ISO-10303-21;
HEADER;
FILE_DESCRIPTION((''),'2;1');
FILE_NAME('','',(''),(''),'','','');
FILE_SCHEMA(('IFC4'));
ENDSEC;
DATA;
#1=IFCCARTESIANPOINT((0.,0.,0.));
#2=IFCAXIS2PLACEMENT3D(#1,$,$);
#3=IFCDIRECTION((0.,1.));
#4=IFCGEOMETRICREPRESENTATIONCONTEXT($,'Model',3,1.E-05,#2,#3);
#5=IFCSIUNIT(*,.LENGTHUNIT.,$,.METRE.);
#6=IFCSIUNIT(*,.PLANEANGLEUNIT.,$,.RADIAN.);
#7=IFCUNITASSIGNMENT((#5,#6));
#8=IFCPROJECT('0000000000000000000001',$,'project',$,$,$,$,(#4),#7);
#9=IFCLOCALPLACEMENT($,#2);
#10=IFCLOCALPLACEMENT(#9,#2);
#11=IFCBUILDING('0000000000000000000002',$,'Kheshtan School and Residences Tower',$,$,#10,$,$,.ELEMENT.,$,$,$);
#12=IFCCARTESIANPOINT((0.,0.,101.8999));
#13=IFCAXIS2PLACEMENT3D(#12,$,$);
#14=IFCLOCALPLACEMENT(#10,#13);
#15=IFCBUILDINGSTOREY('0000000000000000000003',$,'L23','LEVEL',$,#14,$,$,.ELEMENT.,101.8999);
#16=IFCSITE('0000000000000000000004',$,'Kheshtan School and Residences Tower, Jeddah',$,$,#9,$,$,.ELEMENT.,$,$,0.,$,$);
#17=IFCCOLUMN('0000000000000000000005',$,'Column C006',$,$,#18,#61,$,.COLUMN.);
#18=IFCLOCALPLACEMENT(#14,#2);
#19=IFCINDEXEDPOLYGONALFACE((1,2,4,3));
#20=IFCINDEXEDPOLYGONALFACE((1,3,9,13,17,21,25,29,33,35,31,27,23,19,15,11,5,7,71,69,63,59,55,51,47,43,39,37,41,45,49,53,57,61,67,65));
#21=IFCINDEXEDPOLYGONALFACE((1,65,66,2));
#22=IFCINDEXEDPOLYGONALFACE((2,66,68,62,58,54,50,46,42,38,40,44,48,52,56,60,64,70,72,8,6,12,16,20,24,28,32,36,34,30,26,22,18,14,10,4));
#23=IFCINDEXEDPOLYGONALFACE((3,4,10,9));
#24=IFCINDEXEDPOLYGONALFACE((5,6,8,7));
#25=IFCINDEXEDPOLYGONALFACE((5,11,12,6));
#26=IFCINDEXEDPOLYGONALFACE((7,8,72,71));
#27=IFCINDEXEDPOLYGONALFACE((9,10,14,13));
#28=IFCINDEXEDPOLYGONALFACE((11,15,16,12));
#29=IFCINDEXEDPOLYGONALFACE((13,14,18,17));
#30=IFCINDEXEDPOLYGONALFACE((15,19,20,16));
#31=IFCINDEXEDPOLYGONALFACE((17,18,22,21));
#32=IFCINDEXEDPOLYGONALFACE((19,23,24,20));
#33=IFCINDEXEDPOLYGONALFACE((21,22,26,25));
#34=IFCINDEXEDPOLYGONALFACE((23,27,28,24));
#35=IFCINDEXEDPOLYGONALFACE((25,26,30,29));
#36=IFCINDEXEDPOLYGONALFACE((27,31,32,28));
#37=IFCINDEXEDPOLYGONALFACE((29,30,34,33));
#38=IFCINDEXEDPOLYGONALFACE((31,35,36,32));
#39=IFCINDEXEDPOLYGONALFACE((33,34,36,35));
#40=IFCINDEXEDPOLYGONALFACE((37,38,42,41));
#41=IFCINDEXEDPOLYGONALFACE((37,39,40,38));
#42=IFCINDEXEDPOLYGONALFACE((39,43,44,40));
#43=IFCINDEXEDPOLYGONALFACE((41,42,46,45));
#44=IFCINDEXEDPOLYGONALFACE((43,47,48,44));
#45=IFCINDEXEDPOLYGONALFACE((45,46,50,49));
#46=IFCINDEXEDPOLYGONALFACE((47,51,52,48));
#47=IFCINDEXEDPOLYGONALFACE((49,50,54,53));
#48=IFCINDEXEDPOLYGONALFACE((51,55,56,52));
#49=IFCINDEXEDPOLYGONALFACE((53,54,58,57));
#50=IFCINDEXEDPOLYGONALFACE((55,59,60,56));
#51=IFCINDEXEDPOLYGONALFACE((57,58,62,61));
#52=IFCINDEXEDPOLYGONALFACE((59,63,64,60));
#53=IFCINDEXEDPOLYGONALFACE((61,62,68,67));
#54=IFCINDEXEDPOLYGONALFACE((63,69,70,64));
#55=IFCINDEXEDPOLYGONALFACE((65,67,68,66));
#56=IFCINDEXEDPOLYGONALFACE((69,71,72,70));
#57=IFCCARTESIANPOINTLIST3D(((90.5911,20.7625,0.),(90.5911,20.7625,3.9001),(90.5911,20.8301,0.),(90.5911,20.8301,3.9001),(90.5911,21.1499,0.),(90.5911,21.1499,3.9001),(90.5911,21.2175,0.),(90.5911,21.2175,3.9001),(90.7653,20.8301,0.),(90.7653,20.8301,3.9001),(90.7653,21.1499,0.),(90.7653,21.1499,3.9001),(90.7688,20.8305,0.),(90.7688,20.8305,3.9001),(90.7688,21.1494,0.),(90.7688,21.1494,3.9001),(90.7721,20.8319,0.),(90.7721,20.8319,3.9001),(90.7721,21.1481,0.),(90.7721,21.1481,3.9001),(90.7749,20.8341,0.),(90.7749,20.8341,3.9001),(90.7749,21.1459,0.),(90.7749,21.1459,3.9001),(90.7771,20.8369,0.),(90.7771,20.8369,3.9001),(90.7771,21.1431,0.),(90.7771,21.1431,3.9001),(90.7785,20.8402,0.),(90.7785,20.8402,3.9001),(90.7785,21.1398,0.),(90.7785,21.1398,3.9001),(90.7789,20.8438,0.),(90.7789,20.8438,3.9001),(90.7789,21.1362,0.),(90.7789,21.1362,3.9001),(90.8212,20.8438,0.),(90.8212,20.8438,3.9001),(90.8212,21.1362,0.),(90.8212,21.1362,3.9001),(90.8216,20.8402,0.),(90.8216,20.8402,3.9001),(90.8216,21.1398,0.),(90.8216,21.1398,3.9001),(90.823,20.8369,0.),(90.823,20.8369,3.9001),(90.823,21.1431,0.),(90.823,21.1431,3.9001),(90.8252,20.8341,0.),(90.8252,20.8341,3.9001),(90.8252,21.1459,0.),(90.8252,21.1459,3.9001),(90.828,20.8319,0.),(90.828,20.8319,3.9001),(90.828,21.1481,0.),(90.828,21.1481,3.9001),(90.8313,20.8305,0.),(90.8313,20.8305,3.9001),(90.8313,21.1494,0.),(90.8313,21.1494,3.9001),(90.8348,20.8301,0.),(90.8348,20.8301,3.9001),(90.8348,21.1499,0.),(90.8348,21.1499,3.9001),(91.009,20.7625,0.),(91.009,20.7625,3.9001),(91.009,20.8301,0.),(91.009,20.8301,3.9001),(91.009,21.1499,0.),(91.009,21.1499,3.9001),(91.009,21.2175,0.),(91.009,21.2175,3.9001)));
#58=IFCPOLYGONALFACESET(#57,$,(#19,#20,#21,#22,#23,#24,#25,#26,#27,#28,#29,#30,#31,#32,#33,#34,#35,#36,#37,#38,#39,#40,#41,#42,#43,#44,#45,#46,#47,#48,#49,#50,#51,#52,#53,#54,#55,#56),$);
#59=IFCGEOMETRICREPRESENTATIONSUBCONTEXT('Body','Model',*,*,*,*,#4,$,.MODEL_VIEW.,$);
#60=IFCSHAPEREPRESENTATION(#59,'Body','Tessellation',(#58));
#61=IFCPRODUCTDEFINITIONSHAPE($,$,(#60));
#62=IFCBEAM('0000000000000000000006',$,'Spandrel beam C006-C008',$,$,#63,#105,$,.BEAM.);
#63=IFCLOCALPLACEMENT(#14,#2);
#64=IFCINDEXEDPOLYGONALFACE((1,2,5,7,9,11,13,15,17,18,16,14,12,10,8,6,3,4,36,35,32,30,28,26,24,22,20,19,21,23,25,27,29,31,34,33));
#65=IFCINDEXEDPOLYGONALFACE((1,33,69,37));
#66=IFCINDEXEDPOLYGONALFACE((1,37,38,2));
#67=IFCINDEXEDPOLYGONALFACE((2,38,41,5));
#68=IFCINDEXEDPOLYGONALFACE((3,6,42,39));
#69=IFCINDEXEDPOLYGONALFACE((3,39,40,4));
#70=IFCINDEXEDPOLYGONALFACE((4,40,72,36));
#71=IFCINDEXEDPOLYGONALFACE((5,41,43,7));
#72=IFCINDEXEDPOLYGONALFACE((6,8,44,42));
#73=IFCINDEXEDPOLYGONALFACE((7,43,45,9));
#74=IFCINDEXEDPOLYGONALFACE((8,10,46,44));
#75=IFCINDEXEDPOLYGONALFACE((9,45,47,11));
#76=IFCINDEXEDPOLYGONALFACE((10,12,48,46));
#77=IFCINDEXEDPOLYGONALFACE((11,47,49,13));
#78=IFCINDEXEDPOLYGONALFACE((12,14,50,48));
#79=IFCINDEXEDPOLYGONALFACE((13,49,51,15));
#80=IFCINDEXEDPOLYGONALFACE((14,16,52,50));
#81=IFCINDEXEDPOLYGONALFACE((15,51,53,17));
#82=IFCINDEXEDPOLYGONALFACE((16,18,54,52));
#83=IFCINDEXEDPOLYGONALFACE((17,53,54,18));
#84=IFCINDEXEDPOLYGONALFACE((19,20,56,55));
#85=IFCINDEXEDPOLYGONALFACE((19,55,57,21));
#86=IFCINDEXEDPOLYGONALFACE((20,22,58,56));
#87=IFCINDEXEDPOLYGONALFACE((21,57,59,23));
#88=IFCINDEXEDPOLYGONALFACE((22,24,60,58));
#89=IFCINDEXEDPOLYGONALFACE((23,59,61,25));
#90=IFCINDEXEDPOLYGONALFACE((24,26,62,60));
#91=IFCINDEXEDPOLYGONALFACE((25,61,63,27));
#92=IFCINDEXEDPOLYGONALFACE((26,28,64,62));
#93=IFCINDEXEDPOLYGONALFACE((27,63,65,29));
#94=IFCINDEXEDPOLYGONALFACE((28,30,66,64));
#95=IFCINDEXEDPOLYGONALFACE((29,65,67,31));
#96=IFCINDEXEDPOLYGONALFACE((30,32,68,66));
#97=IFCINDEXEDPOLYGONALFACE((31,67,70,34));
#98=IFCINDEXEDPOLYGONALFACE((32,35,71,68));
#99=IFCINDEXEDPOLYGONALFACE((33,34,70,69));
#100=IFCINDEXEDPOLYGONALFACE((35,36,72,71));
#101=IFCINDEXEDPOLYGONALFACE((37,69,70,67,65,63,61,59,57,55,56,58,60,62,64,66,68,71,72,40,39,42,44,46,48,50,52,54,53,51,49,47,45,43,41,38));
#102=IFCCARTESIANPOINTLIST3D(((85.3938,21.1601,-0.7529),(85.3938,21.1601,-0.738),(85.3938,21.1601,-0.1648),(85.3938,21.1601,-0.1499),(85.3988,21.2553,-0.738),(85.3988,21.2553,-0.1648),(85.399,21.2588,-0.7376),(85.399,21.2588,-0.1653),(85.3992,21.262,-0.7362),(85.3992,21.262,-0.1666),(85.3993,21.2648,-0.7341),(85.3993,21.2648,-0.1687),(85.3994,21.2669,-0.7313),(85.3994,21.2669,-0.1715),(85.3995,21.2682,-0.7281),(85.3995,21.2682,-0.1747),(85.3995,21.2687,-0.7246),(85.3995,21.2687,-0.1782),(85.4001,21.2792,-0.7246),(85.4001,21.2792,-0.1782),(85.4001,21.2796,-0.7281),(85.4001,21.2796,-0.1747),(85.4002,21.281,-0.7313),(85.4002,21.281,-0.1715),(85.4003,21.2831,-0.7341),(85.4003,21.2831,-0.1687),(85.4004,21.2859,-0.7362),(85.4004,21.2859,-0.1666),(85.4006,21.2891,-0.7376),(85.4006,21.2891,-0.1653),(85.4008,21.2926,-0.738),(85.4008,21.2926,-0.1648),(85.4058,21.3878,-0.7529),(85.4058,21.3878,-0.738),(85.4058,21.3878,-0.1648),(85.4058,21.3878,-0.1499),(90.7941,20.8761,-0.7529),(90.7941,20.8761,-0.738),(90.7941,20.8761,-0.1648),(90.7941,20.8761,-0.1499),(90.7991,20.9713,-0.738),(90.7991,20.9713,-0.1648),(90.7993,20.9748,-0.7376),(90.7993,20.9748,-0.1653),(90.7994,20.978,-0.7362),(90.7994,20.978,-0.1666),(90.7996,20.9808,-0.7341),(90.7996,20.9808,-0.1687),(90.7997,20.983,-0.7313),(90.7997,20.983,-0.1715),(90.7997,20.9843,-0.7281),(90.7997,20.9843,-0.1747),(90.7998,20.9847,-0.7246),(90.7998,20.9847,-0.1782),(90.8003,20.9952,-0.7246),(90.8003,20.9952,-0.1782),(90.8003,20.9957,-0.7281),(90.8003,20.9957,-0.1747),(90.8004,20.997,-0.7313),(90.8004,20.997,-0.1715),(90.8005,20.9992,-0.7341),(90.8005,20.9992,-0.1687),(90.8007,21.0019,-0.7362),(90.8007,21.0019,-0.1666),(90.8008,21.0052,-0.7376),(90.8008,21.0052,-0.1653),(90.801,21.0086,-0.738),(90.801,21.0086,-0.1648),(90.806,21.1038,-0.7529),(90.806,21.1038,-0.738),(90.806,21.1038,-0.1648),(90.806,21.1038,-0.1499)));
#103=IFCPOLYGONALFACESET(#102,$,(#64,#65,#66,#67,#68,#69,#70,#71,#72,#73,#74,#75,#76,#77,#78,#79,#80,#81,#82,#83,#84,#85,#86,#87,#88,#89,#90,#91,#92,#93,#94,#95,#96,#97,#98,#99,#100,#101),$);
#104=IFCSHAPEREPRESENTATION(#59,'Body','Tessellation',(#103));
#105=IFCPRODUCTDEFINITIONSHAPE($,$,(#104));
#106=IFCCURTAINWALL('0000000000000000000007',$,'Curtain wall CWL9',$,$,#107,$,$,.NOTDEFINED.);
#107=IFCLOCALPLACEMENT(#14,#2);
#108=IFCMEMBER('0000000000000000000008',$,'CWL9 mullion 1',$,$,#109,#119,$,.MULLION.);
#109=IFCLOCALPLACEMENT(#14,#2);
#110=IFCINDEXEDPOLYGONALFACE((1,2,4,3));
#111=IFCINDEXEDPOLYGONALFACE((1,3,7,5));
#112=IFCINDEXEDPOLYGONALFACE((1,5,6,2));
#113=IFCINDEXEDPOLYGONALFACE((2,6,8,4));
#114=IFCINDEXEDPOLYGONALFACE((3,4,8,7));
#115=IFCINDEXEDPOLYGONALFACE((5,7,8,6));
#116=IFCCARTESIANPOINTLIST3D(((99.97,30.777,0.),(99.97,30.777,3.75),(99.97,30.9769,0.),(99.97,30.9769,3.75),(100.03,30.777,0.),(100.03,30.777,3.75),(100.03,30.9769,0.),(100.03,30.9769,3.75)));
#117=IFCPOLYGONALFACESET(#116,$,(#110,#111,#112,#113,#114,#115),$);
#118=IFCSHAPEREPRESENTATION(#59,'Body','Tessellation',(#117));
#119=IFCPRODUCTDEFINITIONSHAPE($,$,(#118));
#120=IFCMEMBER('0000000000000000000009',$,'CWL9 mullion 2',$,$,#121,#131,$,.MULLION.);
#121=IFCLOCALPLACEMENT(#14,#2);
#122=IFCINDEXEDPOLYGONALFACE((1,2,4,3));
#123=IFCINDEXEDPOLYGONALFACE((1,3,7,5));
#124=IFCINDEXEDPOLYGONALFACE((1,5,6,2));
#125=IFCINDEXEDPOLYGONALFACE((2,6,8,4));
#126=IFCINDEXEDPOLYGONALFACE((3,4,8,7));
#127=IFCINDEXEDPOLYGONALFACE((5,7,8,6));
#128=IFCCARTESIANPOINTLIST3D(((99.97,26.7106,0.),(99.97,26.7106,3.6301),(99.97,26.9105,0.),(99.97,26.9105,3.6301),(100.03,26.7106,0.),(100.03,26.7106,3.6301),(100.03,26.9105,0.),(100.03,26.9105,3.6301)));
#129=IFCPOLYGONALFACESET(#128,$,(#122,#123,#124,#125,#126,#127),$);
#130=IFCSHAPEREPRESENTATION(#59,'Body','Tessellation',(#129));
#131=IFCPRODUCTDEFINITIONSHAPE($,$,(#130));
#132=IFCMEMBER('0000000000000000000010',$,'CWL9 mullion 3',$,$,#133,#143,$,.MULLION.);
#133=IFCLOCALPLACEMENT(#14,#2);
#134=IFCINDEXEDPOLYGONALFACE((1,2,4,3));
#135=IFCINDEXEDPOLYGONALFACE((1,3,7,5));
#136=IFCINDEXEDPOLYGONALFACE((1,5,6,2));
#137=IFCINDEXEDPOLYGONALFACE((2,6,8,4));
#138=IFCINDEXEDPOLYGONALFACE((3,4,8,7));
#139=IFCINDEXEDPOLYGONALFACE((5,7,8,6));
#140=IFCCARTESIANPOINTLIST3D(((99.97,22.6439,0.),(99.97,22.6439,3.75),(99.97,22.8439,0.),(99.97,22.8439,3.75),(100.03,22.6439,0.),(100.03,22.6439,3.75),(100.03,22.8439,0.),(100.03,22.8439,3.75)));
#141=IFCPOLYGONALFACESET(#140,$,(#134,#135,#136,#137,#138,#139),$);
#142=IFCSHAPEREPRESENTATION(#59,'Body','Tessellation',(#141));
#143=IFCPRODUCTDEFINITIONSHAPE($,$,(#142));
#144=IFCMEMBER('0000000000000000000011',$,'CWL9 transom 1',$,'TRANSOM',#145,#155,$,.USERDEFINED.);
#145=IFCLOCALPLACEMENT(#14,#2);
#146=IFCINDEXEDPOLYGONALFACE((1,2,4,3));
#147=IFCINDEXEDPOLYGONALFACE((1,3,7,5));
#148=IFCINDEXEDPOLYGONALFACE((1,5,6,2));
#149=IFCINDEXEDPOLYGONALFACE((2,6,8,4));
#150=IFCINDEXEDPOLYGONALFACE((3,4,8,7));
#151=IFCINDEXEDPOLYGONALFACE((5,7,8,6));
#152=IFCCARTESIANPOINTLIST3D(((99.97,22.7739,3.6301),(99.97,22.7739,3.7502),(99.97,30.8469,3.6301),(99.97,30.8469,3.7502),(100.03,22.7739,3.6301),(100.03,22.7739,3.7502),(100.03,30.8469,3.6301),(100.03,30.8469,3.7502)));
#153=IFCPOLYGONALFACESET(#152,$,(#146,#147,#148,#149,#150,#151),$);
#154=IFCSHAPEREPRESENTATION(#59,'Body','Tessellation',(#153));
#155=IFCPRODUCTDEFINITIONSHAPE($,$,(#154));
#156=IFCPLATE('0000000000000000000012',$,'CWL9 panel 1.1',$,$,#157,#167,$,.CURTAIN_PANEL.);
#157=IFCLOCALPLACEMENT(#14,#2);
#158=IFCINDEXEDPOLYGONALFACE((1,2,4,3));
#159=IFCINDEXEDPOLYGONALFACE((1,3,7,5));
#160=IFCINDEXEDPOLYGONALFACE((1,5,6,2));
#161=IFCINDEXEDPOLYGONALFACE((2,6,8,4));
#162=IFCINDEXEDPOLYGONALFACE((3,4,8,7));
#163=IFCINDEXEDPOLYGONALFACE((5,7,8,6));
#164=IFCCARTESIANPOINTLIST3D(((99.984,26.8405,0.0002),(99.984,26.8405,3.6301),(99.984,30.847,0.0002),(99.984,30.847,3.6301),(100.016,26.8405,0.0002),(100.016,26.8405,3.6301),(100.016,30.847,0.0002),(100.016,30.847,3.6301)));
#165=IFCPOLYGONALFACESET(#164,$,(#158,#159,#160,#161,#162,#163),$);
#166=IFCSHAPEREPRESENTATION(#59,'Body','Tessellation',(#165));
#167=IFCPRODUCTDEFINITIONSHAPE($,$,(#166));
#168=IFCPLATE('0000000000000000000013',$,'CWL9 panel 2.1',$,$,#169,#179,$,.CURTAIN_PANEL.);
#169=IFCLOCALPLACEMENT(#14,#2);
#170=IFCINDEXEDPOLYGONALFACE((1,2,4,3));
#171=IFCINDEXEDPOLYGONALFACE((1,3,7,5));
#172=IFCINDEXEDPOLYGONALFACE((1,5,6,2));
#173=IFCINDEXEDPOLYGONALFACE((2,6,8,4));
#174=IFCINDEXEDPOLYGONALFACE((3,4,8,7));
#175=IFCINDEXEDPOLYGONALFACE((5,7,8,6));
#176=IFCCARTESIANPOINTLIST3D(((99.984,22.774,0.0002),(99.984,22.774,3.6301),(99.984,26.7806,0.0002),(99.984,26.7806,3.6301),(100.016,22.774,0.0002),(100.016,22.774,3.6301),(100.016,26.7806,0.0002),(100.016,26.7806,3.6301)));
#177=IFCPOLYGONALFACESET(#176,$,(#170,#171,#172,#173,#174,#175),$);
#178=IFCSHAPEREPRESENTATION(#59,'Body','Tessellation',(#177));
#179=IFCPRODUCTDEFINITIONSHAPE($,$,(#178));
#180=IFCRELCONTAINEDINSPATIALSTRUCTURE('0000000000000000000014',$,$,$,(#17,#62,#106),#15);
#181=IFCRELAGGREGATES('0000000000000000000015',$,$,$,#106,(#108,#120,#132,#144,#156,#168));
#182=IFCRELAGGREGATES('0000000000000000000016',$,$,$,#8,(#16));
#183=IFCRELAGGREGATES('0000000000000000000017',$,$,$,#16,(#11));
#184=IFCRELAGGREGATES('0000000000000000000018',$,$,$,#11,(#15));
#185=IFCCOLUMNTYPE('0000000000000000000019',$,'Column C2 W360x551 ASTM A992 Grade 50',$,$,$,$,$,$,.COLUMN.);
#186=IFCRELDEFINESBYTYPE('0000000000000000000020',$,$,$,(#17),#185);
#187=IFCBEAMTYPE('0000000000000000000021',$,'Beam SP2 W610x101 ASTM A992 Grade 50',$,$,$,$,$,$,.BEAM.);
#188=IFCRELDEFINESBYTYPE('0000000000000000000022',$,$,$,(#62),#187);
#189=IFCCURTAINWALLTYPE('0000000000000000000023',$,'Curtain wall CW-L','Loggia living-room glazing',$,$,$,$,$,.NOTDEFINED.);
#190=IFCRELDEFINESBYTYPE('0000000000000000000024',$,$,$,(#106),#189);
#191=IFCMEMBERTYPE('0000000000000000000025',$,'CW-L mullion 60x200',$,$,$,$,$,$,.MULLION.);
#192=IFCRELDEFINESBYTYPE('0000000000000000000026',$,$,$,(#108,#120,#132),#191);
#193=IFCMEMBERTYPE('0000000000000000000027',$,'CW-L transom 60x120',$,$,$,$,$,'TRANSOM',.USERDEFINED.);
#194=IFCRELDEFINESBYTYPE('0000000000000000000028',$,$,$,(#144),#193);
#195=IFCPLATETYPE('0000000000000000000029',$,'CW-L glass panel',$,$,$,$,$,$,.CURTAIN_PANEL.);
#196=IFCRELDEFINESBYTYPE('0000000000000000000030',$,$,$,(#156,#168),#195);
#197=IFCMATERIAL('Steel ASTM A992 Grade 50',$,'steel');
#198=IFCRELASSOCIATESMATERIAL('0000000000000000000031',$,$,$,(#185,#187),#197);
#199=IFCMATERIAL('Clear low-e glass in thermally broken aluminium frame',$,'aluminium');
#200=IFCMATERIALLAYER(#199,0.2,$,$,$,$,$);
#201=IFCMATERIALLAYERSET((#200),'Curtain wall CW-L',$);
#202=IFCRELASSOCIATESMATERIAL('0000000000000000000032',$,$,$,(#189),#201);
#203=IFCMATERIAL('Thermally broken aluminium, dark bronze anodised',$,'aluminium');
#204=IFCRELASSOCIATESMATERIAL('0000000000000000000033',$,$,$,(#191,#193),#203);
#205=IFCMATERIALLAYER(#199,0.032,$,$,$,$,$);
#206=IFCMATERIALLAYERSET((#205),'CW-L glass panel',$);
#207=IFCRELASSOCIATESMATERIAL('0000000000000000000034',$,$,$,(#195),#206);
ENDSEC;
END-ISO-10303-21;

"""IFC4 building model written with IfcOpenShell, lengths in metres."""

from ifc_helpers import new_model, si_unit, direction, frame, origin, origin_2d, place, context, subcontext, project, spatial, rectangle, i_section, extrude, material, layer, layer_set, material_profile, profile_set, type_object, element, aggregate, save


model = new_model("IFC4")

# Units and contexts
model_context = context("Model", 3, precision=1e-05, world=origin(), true_north=direction((0.0, 1.0)))
body_context = subcontext(model_context, "Body", "Model", "MODEL_VIEW")
ifc_project = project(units=[si_unit("LENGTHUNIT", "METRE"), si_unit("PLANEANGLEUNIT", "RADIAN")], contexts=[model_context])

# Site, building, storey
site_placement = place(None, origin())
site = spatial("IfcSite", under=ifc_project, at=site_placement, Name="Kheshtan School and Residences Tower, Jeddah", CompositionType="ELEMENT", RefElevation=0.0)
building_placement = place(site_placement, origin())
building = spatial("IfcBuilding", under=site, at=building_placement, Name="Kheshtan School and Residences Tower", CompositionType="ELEMENT")
storey_placement = place(building_placement, frame((0.0, 0.0, 101.8999)))
storey = spatial("IfcBuildingStorey", under=building, at=storey_placement, Name="L23", Description="LEVEL", CompositionType="ELEMENT", Elevation=101.8999)

# Column
ifc_material_1 = material(Name="Steel ASTM A992 Grade 50", Category="steel")
ifc_material_profile_1 = material_profile(ifc_material_1, i_section(OverallWidth=0.418, OverallDepth=0.4551, WebThickness=0.0422, FlangeThickness=0.0676, FilletRadius=0.0137, at=origin_2d()), Name="W360x551")
ifc_profile_set_1 = profile_set([ifc_material_profile_1], Name="Steel ASTM A992 Grade 50")
column_type = type_object("IfcColumnType", Name="Column C2 W360x551 ASTM A992 Grade 50", PredefinedType="COLUMN", material=ifc_profile_set_1)
column_placement = place(storey_placement, frame((90.8, 20.99, 0.0), z_axis=(0.0, 0.0, 1.0), x_axis=(1.0, 0.0, 0.0)))
element("IfcColumn", 1, at=column_placement, inside=storey, type_object=column_type, Name="Column C006", PredefinedType="COLUMN", context=body_context, shape_type="SweptSolid", body=[
    extrude(i_section(OverallWidth=0.418, OverallDepth=0.4551, WebThickness=0.0422, FlangeThickness=0.0676, FilletRadius=0.0137, at=origin_2d()), origin(), (0.0, 0.0, 1.0), 3.9001),
])

# Beam
ifc_material_profile_2 = material_profile(ifc_material_1, i_section(OverallWidth=0.228, OverallDepth=0.603, WebThickness=0.0105, FlangeThickness=0.0149, FilletRadius=0.0134, at=origin_2d()), Name="W610x101")
ifc_profile_set_2 = profile_set([ifc_material_profile_2], Name="Steel ASTM A992 Grade 50")
beam_type = type_object("IfcBeamType", Name="Beam SP2 W610x101 ASTM A992 Grade 50", PredefinedType="BEAM", material=ifc_profile_set_2)
beam_placement = place(storey_placement, frame((90.8, 20.99, -0.4514), z_axis=(-0.998621, 0.052507, 0.0), x_axis=(-0.052507, -0.998621, 0.0)))
element("IfcBeam", 2, at=beam_placement, inside=storey, type_object=beam_type, Name="Spandrel beam C006-C008", PredefinedType="BEAM", context=body_context, shape_type="SweptSolid", body=[
    extrude(i_section(OverallWidth=0.228, OverallDepth=0.603, WebThickness=0.0105, FlangeThickness=0.0149, FilletRadius=0.0134, at=origin_2d()), origin(), (0.0, 0.0, 1.0), 5.4077),
])

# Curtain wall, members, plates
ifc_material_2 = material(Name="Clear low-e glass in thermally broken aluminium frame", Category="aluminium")
ifc_layer_1 = layer(ifc_material_2, 0.2)
ifc_layer_set_1 = layer_set([ifc_layer_1], Name="Curtain wall CW-L")
curtain_wall_type = type_object("IfcCurtainWallType", Name="Curtain wall CW-L", Description="Loggia living-room glazing", PredefinedType="NOTDEFINED", material=ifc_layer_set_1)
curtain_wall_placement = place(storey_placement, origin())
curtain_wall = element("IfcCurtainWall", 3, at=curtain_wall_placement, inside=storey, type_object=curtain_wall_type, Name="Curtain wall CWL9", PredefinedType="NOTDEFINED")
ifc_material_3 = material(Name="Thermally broken aluminium, dark bronze anodised", Category="aluminium")
ifc_material_profile_3 = material_profile(ifc_material_3, rectangle(XDim=0.0601, YDim=0.2, at=origin_2d()), Name="CW-L mullion 60x200")
ifc_profile_set_3 = profile_set([ifc_material_profile_3], Name="Thermally broken aluminium, dark bronze anodised")
member_type_1 = type_object("IfcMemberType", Name="CW-L mullion 60x200", PredefinedType="MULLION", material=ifc_profile_set_3)
member_1_placement = place(storey_placement, frame((100.0, 30.877, 0.0), z_axis=(0.0, 0.0, 1.0), x_axis=(1.0, 0.0, 0.0)))
member_1 = element("IfcMember", 4, at=member_1_placement, type_object=member_type_1, Name="CWL9 mullion 1", PredefinedType="MULLION", context=body_context, shape_type="SweptSolid", body=[
    extrude(rectangle(XDim=0.0601, YDim=0.2, at=origin_2d()), origin(), (0.0, 0.0, 1.0), 3.75),
])
member_2_placement = place(storey_placement, frame((100.0, 26.8105, 0.0), z_axis=(0.0, 0.0, 1.0), x_axis=(1.0, 0.0, 0.0)))
member_2 = element("IfcMember", 5, at=member_2_placement, type_object=member_type_1, Name="CWL9 mullion 2", PredefinedType="MULLION", context=body_context, shape_type="SweptSolid", body=[
    extrude(rectangle(XDim=0.0601, YDim=0.2, at=origin_2d()), origin(), (0.0, 0.0, 1.0), 3.6301),
])
member_3_placement = place(storey_placement, frame((100.0, 22.7439, 0.0), z_axis=(0.0, 0.0, 1.0), x_axis=(1.0, 0.0, 0.0)))
member_3 = element("IfcMember", 6, at=member_3_placement, type_object=member_type_1, Name="CWL9 mullion 3", PredefinedType="MULLION", context=body_context, shape_type="SweptSolid", body=[
    extrude(rectangle(XDim=0.0601, YDim=0.2, at=origin_2d()), origin(), (0.0, 0.0, 1.0), 3.75),
])
ifc_material_profile_4 = material_profile(ifc_material_3, rectangle(XDim=0.0601, YDim=0.1201, at=origin_2d()), Name="CW-L transom 60x120")
ifc_profile_set_4 = profile_set([ifc_material_profile_4], Name="Thermally broken aluminium, dark bronze anodised")
member_type_2 = type_object("IfcMemberType", Name="CW-L transom 60x120", ElementType="TRANSOM", PredefinedType="USERDEFINED", material=ifc_profile_set_4)
member_4_placement = place(storey_placement, frame((100.0, 30.8469, 3.6902), z_axis=(0.0, -1.0, 0.0), x_axis=(1.0, 0.0, 0.0)))
member_4 = element("IfcMember", 7, at=member_4_placement, type_object=member_type_2, Name="CWL9 transom 1", ObjectType="TRANSOM", PredefinedType="USERDEFINED", context=body_context, shape_type="SweptSolid", body=[
    extrude(rectangle(XDim=0.0601, YDim=0.1201, at=origin_2d()), origin(), (0.0, 0.0, 1.0), 8.073),
])
ifc_layer_2 = layer(ifc_material_2, 0.032)
ifc_layer_set_2 = layer_set([ifc_layer_2], Name="CW-L glass panel")
plate_type = type_object("IfcPlateType", Name="CW-L glass panel", PredefinedType="CURTAIN_PANEL", material=ifc_layer_set_2)
plate_1_placement = place(storey_placement, frame((100.0, 28.8438, 0.0002), z_axis=(0.0, 0.0, 1.0), x_axis=(0.0, -1.0, 0.0)))
plate_1 = element("IfcPlate", 8, at=plate_1_placement, type_object=plate_type, Name="CWL9 panel 1.1", PredefinedType="CURTAIN_PANEL", context=body_context, shape_type="SweptSolid", body=[
    extrude(rectangle(XDim=4.0066, YDim=0.032, at=origin_2d()), origin(), (0.0, 0.0, 1.0), 3.6299),
])
plate_2_placement = place(storey_placement, frame((100.0, 24.7773, 0.0002), z_axis=(0.0, 0.0, 1.0), x_axis=(0.0, -1.0, 0.0)))
plate_2 = element("IfcPlate", 9, at=plate_2_placement, type_object=plate_type, Name="CWL9 panel 2.1", PredefinedType="CURTAIN_PANEL", context=body_context, shape_type="SweptSolid", body=[
    extrude(rectangle(XDim=4.0066, YDim=0.032, at=origin_2d()), origin(), (0.0, 0.0, 1.0), 3.6299),
])
aggregate(curtain_wall, [member_1, member_2, member_3, member_4, plate_1, plate_2])

save(model, "model.ifc")
